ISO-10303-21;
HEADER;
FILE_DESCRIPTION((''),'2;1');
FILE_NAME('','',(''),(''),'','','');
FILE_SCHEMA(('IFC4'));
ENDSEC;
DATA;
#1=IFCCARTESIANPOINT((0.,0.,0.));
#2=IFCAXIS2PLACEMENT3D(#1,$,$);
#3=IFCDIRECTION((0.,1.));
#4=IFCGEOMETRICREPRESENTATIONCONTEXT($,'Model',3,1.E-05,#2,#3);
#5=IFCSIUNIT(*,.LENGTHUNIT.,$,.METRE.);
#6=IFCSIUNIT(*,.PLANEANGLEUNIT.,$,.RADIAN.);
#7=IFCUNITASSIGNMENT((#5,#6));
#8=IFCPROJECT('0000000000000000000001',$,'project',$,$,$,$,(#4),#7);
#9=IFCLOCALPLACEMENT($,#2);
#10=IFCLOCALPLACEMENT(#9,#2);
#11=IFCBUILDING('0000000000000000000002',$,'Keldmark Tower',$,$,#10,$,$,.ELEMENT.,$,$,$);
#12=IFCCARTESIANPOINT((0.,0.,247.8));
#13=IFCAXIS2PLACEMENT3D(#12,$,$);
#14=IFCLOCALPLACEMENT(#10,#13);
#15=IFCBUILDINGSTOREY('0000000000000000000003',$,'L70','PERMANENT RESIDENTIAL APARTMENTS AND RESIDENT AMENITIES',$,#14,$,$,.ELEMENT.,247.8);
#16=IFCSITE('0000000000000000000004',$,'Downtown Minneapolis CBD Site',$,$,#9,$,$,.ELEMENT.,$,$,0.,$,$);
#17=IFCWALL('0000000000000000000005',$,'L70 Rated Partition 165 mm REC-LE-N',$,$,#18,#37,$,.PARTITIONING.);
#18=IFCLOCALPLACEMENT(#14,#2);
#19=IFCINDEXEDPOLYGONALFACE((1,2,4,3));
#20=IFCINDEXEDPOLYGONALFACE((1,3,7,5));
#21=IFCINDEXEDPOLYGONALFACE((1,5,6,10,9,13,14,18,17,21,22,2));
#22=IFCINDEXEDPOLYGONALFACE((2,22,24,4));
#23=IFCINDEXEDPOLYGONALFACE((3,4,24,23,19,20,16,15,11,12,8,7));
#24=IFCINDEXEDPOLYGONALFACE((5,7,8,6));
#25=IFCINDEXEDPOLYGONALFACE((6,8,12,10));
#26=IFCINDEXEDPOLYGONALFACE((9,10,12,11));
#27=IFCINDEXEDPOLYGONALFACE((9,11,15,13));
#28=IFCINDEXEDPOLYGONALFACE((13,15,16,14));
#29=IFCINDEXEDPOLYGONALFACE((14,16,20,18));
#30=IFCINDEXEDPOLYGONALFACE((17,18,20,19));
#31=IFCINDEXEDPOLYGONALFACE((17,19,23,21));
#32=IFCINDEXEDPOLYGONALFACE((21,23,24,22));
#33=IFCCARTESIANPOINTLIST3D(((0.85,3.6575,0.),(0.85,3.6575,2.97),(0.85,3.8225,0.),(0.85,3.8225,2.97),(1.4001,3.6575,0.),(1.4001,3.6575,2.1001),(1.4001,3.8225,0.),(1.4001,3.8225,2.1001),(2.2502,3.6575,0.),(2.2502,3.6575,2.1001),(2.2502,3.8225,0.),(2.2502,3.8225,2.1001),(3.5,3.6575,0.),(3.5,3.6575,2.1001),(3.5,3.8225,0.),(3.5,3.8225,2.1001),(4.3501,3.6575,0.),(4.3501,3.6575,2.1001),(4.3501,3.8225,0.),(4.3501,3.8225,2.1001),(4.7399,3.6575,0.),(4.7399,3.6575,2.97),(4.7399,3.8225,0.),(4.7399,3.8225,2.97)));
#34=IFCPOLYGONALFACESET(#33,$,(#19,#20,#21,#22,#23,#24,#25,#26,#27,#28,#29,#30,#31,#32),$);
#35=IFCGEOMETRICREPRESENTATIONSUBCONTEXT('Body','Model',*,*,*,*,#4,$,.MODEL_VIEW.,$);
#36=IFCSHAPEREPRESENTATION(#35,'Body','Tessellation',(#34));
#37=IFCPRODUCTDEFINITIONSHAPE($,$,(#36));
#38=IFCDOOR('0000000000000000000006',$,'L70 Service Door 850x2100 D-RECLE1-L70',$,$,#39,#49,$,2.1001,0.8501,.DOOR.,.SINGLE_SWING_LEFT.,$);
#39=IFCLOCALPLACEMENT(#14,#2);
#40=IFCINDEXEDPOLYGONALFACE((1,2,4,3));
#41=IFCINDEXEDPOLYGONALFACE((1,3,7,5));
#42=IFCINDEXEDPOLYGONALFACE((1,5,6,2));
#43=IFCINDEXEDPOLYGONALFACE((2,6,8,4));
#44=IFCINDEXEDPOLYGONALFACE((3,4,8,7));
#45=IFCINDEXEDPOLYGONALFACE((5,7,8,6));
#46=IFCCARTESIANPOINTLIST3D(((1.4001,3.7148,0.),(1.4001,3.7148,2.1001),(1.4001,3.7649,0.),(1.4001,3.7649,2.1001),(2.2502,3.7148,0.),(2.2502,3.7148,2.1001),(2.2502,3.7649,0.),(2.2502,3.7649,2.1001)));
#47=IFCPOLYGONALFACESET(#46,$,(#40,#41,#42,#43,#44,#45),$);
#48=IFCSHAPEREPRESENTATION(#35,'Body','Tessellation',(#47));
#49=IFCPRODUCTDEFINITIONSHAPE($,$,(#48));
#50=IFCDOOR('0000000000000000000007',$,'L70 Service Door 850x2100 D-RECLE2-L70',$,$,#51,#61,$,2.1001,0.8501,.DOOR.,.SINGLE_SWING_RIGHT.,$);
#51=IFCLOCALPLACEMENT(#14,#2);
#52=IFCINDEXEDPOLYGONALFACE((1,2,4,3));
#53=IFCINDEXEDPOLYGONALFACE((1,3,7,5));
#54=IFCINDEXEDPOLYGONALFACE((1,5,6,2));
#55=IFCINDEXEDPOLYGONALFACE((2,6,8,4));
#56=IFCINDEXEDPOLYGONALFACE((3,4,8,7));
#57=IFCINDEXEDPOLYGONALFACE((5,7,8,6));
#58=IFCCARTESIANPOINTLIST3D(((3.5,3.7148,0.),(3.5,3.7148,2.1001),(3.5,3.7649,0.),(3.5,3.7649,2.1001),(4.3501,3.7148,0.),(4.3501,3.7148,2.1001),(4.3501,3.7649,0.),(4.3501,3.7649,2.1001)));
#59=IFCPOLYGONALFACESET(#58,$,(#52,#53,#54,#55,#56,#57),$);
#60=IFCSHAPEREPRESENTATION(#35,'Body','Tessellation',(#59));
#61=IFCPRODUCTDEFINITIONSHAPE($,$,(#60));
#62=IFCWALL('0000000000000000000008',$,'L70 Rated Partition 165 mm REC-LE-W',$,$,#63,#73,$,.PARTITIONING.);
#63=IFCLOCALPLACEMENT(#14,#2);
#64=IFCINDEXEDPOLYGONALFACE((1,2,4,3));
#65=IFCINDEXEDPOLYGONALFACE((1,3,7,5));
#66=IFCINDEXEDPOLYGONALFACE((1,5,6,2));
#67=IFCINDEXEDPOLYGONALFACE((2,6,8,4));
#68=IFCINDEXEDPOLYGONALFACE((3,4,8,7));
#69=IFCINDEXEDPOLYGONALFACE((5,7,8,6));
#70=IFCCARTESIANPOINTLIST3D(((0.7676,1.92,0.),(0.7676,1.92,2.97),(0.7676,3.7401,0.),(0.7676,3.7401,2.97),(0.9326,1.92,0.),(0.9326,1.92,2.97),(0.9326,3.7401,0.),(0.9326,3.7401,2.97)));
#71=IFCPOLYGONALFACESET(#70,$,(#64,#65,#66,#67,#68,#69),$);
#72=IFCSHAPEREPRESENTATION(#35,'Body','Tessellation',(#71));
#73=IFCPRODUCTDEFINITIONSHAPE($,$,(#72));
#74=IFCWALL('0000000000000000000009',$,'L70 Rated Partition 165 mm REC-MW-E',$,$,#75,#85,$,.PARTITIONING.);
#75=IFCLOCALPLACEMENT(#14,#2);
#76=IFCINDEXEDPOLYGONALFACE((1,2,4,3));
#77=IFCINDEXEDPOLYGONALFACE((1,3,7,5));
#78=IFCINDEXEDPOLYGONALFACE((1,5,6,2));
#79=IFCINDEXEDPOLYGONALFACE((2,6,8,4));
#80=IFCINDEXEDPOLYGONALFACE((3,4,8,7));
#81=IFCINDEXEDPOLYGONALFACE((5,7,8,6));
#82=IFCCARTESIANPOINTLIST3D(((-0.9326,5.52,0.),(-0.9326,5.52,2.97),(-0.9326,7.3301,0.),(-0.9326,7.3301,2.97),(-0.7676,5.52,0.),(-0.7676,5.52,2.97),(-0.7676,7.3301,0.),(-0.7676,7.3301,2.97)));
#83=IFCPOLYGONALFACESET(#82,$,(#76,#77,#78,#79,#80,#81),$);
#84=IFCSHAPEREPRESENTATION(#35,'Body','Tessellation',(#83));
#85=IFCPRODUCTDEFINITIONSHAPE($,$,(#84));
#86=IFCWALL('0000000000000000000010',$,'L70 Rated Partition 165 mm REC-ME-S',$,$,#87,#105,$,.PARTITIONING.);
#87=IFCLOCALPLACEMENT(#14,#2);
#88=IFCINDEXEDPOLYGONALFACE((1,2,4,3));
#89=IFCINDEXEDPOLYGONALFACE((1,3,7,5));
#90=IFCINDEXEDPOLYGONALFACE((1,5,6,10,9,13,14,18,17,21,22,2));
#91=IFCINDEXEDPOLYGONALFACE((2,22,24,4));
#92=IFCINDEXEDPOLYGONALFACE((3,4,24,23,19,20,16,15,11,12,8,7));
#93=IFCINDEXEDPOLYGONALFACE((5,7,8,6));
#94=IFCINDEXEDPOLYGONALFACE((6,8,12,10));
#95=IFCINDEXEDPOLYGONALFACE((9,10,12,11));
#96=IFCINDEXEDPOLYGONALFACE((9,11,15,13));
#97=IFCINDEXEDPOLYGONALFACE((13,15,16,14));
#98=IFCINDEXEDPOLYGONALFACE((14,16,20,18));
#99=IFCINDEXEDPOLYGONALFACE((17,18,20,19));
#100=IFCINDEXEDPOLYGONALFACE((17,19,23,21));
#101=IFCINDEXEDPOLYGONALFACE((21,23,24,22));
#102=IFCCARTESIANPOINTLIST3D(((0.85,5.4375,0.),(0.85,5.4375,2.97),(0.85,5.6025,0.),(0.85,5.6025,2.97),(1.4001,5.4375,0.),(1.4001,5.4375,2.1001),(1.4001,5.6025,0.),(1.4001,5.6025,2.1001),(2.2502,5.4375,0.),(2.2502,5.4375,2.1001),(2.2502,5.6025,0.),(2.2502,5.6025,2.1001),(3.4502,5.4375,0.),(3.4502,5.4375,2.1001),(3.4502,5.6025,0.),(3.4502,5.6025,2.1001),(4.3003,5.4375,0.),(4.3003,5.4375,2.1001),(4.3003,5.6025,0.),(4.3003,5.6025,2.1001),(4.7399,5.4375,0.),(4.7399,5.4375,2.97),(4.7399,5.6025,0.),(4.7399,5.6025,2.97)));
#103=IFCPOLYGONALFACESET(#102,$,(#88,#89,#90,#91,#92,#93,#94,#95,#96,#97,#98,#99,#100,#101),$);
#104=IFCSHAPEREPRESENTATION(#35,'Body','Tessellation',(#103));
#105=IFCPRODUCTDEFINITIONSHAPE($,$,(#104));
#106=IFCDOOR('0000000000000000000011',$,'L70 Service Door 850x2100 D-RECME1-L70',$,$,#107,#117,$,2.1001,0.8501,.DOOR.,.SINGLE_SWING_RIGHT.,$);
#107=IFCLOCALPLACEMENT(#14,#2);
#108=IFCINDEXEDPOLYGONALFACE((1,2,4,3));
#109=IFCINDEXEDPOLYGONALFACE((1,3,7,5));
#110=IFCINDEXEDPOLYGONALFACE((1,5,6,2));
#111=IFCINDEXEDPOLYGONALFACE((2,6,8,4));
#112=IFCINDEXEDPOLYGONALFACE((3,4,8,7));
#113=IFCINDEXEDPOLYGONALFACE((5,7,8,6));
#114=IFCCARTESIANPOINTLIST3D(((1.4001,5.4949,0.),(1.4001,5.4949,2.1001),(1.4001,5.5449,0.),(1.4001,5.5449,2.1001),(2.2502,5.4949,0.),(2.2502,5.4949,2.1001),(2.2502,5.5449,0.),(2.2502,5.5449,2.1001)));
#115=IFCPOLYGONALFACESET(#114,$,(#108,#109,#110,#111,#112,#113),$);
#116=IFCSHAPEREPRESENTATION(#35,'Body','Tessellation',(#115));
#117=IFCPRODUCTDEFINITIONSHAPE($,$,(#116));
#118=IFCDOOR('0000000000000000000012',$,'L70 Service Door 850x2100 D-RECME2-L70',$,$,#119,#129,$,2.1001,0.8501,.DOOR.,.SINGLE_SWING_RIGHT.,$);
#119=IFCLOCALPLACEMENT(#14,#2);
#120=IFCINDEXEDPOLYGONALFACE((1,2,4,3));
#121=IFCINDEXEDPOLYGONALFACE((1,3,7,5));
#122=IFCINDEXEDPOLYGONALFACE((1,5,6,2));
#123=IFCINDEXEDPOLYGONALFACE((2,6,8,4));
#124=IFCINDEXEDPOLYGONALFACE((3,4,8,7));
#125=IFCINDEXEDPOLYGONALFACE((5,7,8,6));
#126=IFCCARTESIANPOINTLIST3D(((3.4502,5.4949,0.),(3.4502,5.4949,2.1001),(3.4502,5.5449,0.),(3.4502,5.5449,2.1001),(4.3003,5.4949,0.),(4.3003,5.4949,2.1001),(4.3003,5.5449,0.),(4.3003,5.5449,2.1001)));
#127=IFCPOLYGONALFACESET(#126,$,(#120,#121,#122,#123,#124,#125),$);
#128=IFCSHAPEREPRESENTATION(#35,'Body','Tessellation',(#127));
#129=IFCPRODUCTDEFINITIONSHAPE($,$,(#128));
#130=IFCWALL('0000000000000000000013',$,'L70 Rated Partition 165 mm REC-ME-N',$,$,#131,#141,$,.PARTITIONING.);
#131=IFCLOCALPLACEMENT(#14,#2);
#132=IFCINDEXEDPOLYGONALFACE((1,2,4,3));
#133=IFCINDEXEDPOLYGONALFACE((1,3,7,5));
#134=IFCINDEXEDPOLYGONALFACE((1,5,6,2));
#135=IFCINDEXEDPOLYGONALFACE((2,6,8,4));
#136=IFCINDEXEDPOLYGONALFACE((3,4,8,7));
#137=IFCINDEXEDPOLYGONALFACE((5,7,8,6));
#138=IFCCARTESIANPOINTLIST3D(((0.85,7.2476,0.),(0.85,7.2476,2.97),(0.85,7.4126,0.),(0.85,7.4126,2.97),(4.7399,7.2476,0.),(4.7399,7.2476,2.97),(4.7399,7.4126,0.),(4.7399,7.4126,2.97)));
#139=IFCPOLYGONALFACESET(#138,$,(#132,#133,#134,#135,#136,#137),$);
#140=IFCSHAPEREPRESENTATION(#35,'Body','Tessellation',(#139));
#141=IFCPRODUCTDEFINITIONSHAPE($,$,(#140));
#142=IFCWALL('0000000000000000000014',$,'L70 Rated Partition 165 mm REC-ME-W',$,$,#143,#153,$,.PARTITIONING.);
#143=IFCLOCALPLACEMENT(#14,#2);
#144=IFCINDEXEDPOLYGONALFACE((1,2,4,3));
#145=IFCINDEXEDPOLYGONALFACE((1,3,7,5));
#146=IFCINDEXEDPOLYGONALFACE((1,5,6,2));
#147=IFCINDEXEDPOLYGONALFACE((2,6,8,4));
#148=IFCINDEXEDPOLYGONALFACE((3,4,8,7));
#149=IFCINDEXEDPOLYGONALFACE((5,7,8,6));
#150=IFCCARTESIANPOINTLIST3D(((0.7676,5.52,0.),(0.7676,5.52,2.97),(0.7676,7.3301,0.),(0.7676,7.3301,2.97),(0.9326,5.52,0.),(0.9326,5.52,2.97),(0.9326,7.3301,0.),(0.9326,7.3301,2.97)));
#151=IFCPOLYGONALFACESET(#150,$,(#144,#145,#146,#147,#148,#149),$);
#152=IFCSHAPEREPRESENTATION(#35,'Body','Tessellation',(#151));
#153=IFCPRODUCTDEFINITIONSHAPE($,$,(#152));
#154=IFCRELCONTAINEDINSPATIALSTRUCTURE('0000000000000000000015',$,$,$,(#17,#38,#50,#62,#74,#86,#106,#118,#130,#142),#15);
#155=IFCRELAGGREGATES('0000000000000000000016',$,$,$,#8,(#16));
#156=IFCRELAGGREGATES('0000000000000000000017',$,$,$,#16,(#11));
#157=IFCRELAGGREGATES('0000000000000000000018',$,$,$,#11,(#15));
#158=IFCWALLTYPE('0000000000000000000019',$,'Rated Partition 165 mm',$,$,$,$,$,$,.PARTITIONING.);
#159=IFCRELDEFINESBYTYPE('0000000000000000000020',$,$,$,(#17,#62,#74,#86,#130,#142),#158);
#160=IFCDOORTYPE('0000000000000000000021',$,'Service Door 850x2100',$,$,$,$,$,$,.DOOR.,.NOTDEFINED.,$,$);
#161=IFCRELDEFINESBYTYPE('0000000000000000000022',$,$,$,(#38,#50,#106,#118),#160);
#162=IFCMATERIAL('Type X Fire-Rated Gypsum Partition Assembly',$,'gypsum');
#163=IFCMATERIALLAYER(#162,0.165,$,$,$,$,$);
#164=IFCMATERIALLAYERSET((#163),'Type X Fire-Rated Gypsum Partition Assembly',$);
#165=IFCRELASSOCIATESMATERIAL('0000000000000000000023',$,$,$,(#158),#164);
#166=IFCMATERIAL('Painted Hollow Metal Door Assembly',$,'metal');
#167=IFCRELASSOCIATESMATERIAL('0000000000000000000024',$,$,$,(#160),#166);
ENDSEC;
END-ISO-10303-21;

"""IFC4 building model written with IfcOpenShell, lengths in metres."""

from ifc_helpers import new_model, si_unit, direction, frame, frame_2d, origin, place, context, subcontext, project, spatial, rectangle, extrude, material, layer, layer_set, type_object, element, fill, save


model = new_model("IFC4")

# Units and contexts
model_context = context("Model", 3, precision=1e-05, world=origin(), true_north=direction((0.0, 1.0)))
body_context = subcontext(model_context, "Body", "Model", "MODEL_VIEW")
ifc_project = project(units=[si_unit("LENGTHUNIT", "METRE"), si_unit("PLANEANGLEUNIT", "RADIAN")], contexts=[model_context])

# Site, building, storey
site_placement = place(None, origin())
site = spatial("IfcSite", under=ifc_project, at=site_placement, Name="Downtown Minneapolis CBD Site", CompositionType="ELEMENT", RefElevation=0.0)
building_placement = place(site_placement, origin())
building = spatial("IfcBuilding", under=site, at=building_placement, Name="Keldmark Tower", CompositionType="ELEMENT")
storey_placement = place(building_placement, frame((0.0, 0.0, 247.8)))
storey = spatial("IfcBuildingStorey", under=building, at=storey_placement, Name="L70", Description="PERMANENT RESIDENTIAL APARTMENTS AND RESIDENT AMENITIES", CompositionType="ELEMENT", Elevation=247.8)

# Shared definitions
ifc_material_1 = material(Name="Type X Fire-Rated Gypsum Partition Assembly", Category="gypsum")
ifc_layer_1 = layer(ifc_material_1, 0.165)
ifc_layer_set_1 = layer_set([ifc_layer_1], Name="Type X Fire-Rated Gypsum Partition Assembly")
wall_type_1 = type_object("IfcWallType", Name="Rated Partition 165 mm", PredefinedType="PARTITIONING", material=ifc_layer_set_1)

# Wall, openings, doors
wall_1_placement = place(storey_placement, frame((0.8501, 3.74, 0.0), z_axis=(0.0, 0.0, 1.0), x_axis=(1.0, 0.0, 0.0)))
wall_1 = element("IfcWall", 1, at=wall_1_placement, inside=storey, type_object=wall_type_1, Name="L70 Rated Partition 165 mm REC-LE-N", PredefinedType="PARTITIONING", context=body_context, shape_type="SweptSolid", body=[
    extrude(rectangle(XDim=3.8899, YDim=0.165, at=frame_2d((1.9448, 0.0))), origin(), (0.0, 0.0, 1.0), 2.97),
])
opening_1_placement = place(wall_1_placement, frame((0.55, 0.0, 0.0)))
opening_1 = element("IfcOpeningElement", 2, at=opening_1_placement, cuts=wall_1, PredefinedType="OPENING", context=body_context, shape_type="SweptSolid", body=[
    extrude(rectangle(XDim=0.8501, YDim=2.1001, at=frame_2d((0.425, 1.05))), frame((0.0, 0.0925, 0.0), z_axis=(0.0, -1.0, 0.0), x_axis=(1.0, 0.0, 0.0)), (0.0, 0.0, 1.0), 0.1851),
])
opening_2_placement = place(wall_1_placement, frame((2.6499, 0.0, 0.0)))
opening_2 = element("IfcOpeningElement", 3, at=opening_2_placement, cuts=wall_1, PredefinedType="OPENING", context=body_context, shape_type="SweptSolid", body=[
    extrude(rectangle(XDim=0.8501, YDim=2.1001, at=frame_2d((0.425, 1.05))), frame((0.0, 0.0925, 0.0), z_axis=(0.0, -1.0, 0.0), x_axis=(1.0, 0.0, 0.0)), (0.0, 0.0, 1.0), 0.1851),
])
ifc_material_2 = material(Name="Painted Hollow Metal Door Assembly", Category="metal")
door_type_1 = type_object("IfcDoorType", Name="Service Door 850x2100", OperationType="NOTDEFINED", PredefinedType="DOOR", material=ifc_material_2)
door_1_placement = place(opening_1_placement, origin())
door_1 = element("IfcDoor", 4, at=door_1_placement, inside=storey, type_object=door_type_1, Name="L70 Service Door 850x2100 D-RECLE1-L70", OperationType="SINGLE_SWING_LEFT", OverallHeight=2.1001, OverallWidth=0.8501, PredefinedType="DOOR", context=body_context, shape_type="SweptSolid", body=[
    extrude(rectangle(XDim=0.8501, YDim=2.1001, at=frame_2d((0.425, 1.05))), frame((0.0, 0.0249, 0.0), z_axis=(0.0, -1.0, 0.0), x_axis=(1.0, 0.0, 0.0)), (0.0, 0.0, 1.0), 0.05),
])
fill(opening_1, door_1)
door_2_placement = place(opening_2_placement, origin())
door_2 = element("IfcDoor", 5, at=door_2_placement, inside=storey, type_object=door_type_1, Name="L70 Service Door 850x2100 D-RECLE2-L70", OperationType="SINGLE_SWING_RIGHT", OverallHeight=2.1001, OverallWidth=0.8501, PredefinedType="DOOR", context=body_context, shape_type="SweptSolid", body=[
    extrude(rectangle(XDim=0.8501, YDim=2.1001, at=frame_2d((0.425, 1.05))), frame((0.0, 0.0249, 0.0), z_axis=(0.0, -1.0, 0.0), x_axis=(1.0, 0.0, 0.0)), (0.0, 0.0, 1.0), 0.05),
])
fill(opening_2, door_2)

# Walls
wall_2_placement = place(storey_placement, frame((0.8501, 1.9199, 0.0), z_axis=(0.0, 0.0, 1.0), x_axis=(0.0, 1.0, 0.0)))
element("IfcWall", 6, at=wall_2_placement, inside=storey, type_object=wall_type_1, Name="L70 Rated Partition 165 mm REC-LE-W", PredefinedType="PARTITIONING", context=body_context, shape_type="SweptSolid", body=[
    extrude(rectangle(XDim=1.8201, YDim=0.165, at=frame_2d((0.9102, 0.0))), origin(), (0.0, 0.0, 1.0), 2.97),
])
wall_3_placement = place(storey_placement, frame((-0.8501, 5.52, 0.0), z_axis=(0.0, 0.0, 1.0), x_axis=(0.0, 1.0, 0.0)))
element("IfcWall", 7, at=wall_3_placement, inside=storey, type_object=wall_type_1, Name="L70 Rated Partition 165 mm REC-MW-E", PredefinedType="PARTITIONING", context=body_context, shape_type="SweptSolid", body=[
    extrude(rectangle(XDim=1.8101, YDim=0.165, at=frame_2d((0.905, 0.0))), origin(), (0.0, 0.0, 1.0), 2.97),
])

# Wall, openings, doors
wall_4_placement = place(storey_placement, frame((0.8501, 5.52, 0.0), z_axis=(0.0, 0.0, 1.0), x_axis=(1.0, 0.0, 0.0)))
wall_4 = element("IfcWall", 8, at=wall_4_placement, inside=storey, type_object=wall_type_1, Name="L70 Rated Partition 165 mm REC-ME-S", PredefinedType="PARTITIONING", context=body_context, shape_type="SweptSolid", body=[
    extrude(rectangle(XDim=3.8899, YDim=0.165, at=frame_2d((1.9448, 0.0))), origin(), (0.0, 0.0, 1.0), 2.97),
])
opening_3_placement = place(wall_4_placement, frame((0.55, 0.0, 0.0)))
opening_3 = element("IfcOpeningElement", 9, at=opening_3_placement, cuts=wall_4, PredefinedType="OPENING", context=body_context, shape_type="SweptSolid", body=[
    extrude(rectangle(XDim=0.8501, YDim=2.1001, at=frame_2d((0.425, 1.05))), frame((0.0, 0.0925, 0.0), z_axis=(0.0, -1.0, 0.0), x_axis=(1.0, 0.0, 0.0)), (0.0, 0.0, 1.0), 0.1851),
])
opening_4_placement = place(wall_4_placement, frame((2.6001, 0.0, 0.0)))
opening_4 = element("IfcOpeningElement", 10, at=opening_4_placement, cuts=wall_4, PredefinedType="OPENING", context=body_context, shape_type="SweptSolid", body=[
    extrude(rectangle(XDim=0.8501, YDim=2.1001, at=frame_2d((0.425, 1.05))), frame((0.0, 0.0925, 0.0), z_axis=(0.0, -1.0, 0.0), x_axis=(1.0, 0.0, 0.0)), (0.0, 0.0, 1.0), 0.1851),
])
door_3_placement = place(opening_3_placement, origin())
door_3 = element("IfcDoor", 11, at=door_3_placement, inside=storey, type_object=door_type_1, Name="L70 Service Door 850x2100 D-RECME1-L70", OperationType="SINGLE_SWING_RIGHT", OverallHeight=2.1001, OverallWidth=0.8501, PredefinedType="DOOR", context=body_context, shape_type="SweptSolid", body=[
    extrude(rectangle(XDim=0.8501, YDim=2.1001, at=frame_2d((0.425, 1.05))), frame((0.0, 0.0249, 0.0), z_axis=(0.0, -1.0, 0.0), x_axis=(1.0, 0.0, 0.0)), (0.0, 0.0, 1.0), 0.05),
])
fill(opening_3, door_3)
door_4_placement = place(opening_4_placement, origin())
door_4 = element("IfcDoor", 12, at=door_4_placement, inside=storey, type_object=door_type_1, Name="L70 Service Door 850x2100 D-RECME2-L70", OperationType="SINGLE_SWING_RIGHT", OverallHeight=2.1001, OverallWidth=0.8501, PredefinedType="DOOR", context=body_context, shape_type="SweptSolid", body=[
    extrude(rectangle(XDim=0.8501, YDim=2.1001, at=frame_2d((0.425, 1.05))), frame((0.0, 0.0249, 0.0), z_axis=(0.0, -1.0, 0.0), x_axis=(1.0, 0.0, 0.0)), (0.0, 0.0, 1.0), 0.05),
])
fill(opening_4, door_4)

# Walls
wall_5_placement = place(storey_placement, frame((0.8501, 7.3301, 0.0), z_axis=(0.0, 0.0, 1.0), x_axis=(1.0, 0.0, 0.0)))
element("IfcWall", 13, at=wall_5_placement, inside=storey, type_object=wall_type_1, Name="L70 Rated Partition 165 mm REC-ME-N", PredefinedType="PARTITIONING", context=body_context, shape_type="SweptSolid", body=[
    extrude(rectangle(XDim=3.8899, YDim=0.165, at=frame_2d((1.9448, 0.0))), origin(), (0.0, 0.0, 1.0), 2.97),
])
wall_6_placement = place(storey_placement, frame((0.8501, 5.52, 0.0), z_axis=(0.0, 0.0, 1.0), x_axis=(0.0, 1.0, 0.0)))
element("IfcWall", 14, at=wall_6_placement, inside=storey, type_object=wall_type_1, Name="L70 Rated Partition 165 mm REC-ME-W", PredefinedType="PARTITIONING", context=body_context, shape_type="SweptSolid", body=[
    extrude(rectangle(XDim=1.8101, YDim=0.165, at=frame_2d((0.905, 0.0))), origin(), (0.0, 0.0, 1.0), 2.97),
])

save(model, "model.ifc")
